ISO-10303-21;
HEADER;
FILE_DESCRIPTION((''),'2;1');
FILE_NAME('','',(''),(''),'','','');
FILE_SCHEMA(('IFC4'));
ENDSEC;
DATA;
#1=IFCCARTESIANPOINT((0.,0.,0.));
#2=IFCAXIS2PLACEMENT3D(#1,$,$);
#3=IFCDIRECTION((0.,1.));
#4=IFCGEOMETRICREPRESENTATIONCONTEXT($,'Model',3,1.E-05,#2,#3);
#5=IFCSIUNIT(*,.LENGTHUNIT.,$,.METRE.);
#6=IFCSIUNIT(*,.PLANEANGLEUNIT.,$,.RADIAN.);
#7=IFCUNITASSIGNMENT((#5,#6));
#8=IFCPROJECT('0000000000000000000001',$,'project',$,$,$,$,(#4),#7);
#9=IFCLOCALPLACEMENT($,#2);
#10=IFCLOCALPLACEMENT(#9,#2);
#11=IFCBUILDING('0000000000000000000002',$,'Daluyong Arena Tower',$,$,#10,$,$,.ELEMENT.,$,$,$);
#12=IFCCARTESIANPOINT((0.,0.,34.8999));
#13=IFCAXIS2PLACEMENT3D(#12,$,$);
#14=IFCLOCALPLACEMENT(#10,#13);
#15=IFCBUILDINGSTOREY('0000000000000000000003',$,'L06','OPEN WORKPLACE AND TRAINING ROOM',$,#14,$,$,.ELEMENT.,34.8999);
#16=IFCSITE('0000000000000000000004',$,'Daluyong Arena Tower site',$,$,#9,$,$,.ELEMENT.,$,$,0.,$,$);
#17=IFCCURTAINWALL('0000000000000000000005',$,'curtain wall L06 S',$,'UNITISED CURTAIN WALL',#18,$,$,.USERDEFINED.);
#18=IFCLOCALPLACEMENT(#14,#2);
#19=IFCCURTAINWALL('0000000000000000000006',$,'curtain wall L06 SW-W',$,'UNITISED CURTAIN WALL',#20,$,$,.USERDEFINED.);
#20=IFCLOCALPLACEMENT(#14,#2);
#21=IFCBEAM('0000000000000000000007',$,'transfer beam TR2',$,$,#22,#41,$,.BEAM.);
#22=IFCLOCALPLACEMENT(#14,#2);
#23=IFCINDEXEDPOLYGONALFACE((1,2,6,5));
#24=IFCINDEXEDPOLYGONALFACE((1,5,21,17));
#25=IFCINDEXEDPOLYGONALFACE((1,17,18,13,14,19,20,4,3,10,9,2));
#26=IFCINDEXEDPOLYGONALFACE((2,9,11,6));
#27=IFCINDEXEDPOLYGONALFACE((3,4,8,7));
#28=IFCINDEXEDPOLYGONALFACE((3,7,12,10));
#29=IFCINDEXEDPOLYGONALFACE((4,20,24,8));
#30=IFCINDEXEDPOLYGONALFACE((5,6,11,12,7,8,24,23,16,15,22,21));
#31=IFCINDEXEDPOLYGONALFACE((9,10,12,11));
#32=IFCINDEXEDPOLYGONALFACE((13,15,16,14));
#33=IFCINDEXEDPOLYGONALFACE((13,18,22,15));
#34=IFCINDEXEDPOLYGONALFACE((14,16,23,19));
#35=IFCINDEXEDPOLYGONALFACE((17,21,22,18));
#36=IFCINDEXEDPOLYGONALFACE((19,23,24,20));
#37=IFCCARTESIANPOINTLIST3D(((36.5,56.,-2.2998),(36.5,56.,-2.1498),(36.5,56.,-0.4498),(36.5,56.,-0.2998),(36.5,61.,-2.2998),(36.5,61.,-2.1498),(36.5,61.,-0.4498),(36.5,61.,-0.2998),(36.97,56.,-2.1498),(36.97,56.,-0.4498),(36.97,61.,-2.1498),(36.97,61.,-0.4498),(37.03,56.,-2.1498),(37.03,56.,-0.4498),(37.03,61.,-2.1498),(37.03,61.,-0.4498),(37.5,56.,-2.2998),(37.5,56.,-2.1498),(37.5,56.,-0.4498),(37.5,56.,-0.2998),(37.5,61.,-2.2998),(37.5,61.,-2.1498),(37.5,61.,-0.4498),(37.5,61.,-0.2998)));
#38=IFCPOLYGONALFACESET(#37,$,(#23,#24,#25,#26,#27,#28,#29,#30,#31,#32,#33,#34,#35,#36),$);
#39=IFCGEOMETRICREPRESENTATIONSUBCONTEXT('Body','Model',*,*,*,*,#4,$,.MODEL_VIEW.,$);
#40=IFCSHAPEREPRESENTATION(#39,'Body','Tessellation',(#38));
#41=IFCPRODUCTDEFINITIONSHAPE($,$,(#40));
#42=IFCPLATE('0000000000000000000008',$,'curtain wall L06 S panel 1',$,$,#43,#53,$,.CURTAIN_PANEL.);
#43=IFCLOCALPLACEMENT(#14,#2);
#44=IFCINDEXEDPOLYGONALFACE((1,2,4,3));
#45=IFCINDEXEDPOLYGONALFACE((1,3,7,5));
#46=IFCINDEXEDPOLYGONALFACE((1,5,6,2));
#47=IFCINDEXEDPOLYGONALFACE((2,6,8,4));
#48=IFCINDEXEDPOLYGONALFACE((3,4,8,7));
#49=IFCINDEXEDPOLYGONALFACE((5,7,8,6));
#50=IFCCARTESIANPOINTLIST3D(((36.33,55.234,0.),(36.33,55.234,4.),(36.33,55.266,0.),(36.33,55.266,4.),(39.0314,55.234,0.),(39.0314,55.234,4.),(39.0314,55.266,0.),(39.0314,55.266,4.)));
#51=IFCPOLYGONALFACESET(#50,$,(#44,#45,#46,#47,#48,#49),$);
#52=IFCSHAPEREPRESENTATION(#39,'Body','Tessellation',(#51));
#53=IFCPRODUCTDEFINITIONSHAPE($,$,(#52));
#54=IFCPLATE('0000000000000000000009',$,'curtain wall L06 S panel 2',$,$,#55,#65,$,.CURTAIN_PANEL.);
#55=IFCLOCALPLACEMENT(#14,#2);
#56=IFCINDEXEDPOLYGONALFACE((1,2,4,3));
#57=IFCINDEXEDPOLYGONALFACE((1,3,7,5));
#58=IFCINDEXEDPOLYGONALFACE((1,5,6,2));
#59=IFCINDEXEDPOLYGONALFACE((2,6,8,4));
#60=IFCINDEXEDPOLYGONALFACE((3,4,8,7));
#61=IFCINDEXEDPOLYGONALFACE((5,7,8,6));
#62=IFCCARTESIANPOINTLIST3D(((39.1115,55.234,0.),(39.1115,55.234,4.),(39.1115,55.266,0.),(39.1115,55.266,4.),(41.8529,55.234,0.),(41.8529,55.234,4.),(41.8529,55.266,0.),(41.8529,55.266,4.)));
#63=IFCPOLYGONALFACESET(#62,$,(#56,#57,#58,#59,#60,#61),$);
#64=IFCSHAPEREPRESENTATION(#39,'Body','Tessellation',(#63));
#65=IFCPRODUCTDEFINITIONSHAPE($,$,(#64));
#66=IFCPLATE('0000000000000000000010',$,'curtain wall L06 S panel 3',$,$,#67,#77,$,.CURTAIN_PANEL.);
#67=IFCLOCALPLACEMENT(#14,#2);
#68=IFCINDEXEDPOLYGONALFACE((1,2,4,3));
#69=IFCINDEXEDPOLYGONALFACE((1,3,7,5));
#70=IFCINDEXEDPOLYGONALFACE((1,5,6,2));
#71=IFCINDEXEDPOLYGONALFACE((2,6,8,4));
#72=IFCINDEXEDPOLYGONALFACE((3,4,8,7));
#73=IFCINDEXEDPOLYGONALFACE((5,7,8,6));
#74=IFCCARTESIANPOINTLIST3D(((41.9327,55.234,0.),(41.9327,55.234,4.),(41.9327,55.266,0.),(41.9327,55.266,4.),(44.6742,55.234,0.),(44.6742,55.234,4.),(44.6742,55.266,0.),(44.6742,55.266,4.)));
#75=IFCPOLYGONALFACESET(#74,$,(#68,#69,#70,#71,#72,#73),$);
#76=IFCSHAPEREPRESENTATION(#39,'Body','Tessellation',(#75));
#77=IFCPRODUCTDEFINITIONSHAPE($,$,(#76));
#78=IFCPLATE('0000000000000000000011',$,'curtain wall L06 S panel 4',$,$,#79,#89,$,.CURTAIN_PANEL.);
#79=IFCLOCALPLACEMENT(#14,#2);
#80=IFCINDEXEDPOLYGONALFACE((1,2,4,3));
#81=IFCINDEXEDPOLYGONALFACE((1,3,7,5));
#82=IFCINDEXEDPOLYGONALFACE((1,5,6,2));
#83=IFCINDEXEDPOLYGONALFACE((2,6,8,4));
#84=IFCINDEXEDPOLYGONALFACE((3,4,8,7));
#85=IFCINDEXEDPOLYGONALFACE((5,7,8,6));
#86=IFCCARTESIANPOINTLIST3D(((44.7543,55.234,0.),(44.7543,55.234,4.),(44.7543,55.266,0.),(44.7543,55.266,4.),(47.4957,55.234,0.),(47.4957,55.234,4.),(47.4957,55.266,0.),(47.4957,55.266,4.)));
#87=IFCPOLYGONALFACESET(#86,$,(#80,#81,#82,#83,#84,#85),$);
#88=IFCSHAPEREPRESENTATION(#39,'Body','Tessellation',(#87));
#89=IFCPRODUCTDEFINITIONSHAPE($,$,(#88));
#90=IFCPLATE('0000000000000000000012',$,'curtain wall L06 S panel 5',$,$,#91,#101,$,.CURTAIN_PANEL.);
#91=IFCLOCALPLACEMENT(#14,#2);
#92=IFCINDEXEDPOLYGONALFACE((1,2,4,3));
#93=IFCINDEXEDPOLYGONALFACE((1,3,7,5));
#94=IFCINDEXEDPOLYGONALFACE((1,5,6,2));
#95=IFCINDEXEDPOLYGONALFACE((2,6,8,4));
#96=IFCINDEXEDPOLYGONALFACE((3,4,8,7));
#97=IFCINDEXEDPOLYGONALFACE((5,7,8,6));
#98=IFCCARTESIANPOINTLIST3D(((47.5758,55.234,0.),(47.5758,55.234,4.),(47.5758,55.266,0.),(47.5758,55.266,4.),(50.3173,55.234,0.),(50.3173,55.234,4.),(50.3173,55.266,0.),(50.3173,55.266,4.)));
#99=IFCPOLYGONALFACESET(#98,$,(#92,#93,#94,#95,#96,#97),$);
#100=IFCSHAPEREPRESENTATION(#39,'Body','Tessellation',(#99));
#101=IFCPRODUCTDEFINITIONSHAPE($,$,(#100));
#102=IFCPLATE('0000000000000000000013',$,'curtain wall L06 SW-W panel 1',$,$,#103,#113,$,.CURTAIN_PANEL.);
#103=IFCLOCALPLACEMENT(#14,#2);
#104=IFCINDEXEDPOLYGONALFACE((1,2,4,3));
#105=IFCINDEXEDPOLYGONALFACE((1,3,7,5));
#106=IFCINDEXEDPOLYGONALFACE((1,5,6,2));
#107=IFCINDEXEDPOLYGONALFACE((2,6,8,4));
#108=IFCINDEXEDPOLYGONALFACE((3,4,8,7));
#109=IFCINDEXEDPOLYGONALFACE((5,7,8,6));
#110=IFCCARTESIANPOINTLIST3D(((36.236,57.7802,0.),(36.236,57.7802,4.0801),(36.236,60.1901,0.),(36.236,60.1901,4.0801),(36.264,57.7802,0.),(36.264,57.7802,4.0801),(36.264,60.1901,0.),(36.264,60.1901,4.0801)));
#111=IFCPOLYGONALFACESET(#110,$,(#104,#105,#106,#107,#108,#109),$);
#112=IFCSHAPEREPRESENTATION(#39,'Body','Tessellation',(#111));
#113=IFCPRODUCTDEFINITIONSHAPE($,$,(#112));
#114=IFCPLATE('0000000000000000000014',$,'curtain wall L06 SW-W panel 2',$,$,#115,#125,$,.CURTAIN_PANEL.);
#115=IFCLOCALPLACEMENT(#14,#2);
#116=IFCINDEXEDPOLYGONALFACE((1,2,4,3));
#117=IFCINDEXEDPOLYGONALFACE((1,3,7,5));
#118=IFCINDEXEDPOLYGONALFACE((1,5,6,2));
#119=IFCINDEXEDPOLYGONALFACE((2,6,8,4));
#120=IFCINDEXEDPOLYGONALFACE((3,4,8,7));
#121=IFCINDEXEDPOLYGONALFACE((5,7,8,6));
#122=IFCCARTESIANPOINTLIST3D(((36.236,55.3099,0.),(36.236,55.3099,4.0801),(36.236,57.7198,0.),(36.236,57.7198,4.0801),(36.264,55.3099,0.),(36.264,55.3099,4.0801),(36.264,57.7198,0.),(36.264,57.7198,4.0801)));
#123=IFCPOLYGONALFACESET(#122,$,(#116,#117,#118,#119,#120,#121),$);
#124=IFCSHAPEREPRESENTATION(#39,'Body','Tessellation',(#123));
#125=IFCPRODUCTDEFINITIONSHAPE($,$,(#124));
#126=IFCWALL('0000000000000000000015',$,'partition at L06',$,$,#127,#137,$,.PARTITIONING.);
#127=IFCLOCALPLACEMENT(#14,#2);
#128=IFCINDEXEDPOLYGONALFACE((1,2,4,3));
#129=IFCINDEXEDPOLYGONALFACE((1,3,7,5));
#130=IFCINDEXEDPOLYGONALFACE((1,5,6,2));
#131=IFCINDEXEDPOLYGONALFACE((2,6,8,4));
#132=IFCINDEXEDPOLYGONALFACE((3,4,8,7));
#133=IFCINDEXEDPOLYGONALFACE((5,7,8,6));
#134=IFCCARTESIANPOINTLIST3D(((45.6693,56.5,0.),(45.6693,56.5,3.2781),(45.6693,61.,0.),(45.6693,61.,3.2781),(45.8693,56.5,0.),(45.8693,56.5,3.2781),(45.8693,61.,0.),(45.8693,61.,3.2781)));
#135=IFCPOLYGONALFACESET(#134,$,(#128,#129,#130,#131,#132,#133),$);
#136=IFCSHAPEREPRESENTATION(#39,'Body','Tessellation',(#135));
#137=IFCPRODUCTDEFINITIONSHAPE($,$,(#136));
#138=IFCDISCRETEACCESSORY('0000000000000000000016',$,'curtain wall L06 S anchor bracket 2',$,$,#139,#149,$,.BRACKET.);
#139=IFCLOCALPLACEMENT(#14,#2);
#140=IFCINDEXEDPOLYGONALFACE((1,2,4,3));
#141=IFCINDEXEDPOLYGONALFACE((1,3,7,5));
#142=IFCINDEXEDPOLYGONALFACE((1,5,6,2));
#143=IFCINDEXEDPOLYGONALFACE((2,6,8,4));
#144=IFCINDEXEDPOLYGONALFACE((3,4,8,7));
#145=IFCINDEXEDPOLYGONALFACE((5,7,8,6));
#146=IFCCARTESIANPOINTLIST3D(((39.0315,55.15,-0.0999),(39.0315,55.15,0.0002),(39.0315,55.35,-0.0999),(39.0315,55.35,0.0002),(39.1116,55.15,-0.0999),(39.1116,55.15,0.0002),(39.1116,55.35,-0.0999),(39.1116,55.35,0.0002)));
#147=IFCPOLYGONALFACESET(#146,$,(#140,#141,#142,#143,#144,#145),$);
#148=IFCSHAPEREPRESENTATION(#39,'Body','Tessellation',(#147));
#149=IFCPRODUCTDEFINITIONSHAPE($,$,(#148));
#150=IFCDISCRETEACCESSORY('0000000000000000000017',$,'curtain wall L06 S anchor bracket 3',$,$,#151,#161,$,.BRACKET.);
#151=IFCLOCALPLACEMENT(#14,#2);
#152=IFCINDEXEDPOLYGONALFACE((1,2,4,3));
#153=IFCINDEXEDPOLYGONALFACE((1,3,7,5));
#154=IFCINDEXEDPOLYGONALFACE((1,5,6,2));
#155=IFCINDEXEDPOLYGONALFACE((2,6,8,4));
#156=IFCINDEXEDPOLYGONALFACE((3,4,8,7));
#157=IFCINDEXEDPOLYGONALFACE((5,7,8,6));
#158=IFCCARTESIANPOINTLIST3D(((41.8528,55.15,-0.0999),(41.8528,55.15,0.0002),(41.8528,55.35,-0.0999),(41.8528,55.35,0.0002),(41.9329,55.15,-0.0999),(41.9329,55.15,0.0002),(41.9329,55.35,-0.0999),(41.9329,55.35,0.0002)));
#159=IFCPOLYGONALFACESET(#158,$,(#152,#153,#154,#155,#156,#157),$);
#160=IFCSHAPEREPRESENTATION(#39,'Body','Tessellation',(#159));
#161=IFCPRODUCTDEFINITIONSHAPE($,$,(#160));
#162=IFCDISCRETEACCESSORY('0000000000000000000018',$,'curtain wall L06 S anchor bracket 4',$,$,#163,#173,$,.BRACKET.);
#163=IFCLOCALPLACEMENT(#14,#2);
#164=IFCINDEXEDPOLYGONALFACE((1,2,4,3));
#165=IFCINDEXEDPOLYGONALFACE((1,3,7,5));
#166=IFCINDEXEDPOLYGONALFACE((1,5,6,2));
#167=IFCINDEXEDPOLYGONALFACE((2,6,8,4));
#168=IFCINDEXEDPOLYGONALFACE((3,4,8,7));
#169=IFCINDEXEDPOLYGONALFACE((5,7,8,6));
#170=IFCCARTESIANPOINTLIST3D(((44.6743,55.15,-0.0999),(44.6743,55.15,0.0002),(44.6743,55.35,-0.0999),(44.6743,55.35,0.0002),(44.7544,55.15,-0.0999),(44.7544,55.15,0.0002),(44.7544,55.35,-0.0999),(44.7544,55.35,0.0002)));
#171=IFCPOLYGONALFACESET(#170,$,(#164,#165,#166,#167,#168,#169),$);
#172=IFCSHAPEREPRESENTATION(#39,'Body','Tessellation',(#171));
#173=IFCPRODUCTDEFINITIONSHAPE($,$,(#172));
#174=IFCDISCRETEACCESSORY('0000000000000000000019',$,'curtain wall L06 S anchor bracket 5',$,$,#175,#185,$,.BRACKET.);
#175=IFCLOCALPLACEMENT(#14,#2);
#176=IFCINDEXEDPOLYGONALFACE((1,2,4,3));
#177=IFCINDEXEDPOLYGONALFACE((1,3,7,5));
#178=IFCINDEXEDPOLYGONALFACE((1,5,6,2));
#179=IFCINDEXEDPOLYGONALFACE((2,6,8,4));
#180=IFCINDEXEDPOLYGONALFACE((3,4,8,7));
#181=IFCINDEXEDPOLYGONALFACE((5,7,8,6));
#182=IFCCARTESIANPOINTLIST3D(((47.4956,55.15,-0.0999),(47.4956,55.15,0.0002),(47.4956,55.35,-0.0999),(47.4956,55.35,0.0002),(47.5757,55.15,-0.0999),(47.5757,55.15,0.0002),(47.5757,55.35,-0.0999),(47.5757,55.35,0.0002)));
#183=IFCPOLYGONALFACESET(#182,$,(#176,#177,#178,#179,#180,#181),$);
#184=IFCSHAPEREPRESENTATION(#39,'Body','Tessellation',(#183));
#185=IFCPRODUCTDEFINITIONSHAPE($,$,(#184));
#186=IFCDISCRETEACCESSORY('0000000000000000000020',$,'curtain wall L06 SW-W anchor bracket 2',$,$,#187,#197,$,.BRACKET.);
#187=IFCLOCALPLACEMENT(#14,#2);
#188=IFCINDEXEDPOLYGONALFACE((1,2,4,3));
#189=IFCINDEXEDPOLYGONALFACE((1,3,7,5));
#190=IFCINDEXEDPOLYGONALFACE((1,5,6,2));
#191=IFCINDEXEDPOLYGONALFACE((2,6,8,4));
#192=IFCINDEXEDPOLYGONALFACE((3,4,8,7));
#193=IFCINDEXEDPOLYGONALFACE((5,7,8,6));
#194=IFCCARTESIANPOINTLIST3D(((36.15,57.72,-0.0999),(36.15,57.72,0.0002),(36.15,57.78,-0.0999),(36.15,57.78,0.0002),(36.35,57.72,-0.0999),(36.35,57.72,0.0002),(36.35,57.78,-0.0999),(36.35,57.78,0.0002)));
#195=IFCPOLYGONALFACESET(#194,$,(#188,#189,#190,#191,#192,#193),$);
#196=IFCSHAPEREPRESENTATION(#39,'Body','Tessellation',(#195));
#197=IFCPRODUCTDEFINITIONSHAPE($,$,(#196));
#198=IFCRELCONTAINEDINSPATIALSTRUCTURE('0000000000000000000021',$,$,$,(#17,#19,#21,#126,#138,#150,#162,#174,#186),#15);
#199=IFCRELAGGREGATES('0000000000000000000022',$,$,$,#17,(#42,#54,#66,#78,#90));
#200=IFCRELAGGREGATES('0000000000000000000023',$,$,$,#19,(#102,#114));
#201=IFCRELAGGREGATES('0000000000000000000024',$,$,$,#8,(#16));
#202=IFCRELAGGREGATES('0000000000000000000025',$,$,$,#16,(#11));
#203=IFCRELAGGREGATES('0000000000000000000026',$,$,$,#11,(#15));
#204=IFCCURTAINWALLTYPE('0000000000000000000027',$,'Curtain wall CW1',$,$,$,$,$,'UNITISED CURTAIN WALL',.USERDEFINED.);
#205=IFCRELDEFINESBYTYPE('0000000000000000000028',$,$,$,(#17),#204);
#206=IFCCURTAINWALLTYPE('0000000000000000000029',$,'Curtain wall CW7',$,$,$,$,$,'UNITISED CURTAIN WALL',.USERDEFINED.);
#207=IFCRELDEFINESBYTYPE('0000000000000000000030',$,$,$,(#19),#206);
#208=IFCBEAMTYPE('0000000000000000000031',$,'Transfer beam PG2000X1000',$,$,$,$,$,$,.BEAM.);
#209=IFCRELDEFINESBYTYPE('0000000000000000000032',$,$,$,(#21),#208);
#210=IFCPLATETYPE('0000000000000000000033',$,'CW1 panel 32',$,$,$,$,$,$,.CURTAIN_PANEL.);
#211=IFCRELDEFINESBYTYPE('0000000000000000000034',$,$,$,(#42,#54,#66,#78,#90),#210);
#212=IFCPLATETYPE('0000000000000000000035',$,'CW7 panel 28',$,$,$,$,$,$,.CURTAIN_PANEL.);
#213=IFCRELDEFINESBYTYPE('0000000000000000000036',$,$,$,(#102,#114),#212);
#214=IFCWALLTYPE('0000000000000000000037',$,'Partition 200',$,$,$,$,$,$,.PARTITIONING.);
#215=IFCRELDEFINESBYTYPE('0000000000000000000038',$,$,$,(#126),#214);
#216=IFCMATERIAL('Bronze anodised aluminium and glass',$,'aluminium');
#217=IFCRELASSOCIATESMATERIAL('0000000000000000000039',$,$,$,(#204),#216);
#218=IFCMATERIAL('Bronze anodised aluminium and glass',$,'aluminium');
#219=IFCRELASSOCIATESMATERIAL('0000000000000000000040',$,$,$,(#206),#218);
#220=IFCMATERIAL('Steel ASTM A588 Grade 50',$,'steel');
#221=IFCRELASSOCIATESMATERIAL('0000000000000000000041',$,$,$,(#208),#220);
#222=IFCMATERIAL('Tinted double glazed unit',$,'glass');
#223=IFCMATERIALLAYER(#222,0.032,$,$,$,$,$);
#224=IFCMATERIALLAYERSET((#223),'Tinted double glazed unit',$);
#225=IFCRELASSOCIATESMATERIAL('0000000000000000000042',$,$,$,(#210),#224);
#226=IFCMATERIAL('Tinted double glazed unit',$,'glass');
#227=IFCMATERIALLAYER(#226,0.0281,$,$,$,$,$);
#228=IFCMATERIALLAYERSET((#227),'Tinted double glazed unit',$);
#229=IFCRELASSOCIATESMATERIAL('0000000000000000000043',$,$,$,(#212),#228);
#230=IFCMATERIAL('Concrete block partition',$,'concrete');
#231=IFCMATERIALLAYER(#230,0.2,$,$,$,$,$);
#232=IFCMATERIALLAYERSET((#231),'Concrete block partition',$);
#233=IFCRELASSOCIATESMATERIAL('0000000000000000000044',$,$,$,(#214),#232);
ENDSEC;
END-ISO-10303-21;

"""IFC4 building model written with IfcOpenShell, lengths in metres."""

from ifc_helpers import new_model, si_unit, direction, frame, frame_2d, origin, origin_2d, place, context, subcontext, project, spatial, rectangle, i_section, extrude, material, layer, layer_set, material_profile, profile_set, type_object, element, aggregate, save


model = new_model("IFC4")

# Units and contexts
model_context = context("Model", 3, precision=1e-05, world=origin(), true_north=direction((0.0, 1.0)))
body_context = subcontext(model_context, "Body", "Model", "MODEL_VIEW")
ifc_project = project(units=[si_unit("LENGTHUNIT", "METRE"), si_unit("PLANEANGLEUNIT", "RADIAN")], contexts=[model_context])

# Site, building, storey
site_placement = place(None, origin())
site = spatial("IfcSite", under=ifc_project, at=site_placement, Name="Daluyong Arena Tower site", CompositionType="ELEMENT", RefElevation=0.0)
building_placement = place(site_placement, origin())
building = spatial("IfcBuilding", under=site, at=building_placement, Name="Daluyong Arena Tower", CompositionType="ELEMENT")
storey_placement = place(building_placement, frame((0.0, 0.0, 34.8999)))
storey = spatial("IfcBuildingStorey", under=building, at=storey_placement, Name="L06", Description="OPEN WORKPLACE AND TRAINING ROOM", CompositionType="ELEMENT", Elevation=34.8999)

# Curtain wall
ifc_material_1 = material(Name="Bronze anodised aluminium and glass", Category="aluminium")
curtain_wall_type_1 = type_object("IfcCurtainWallType", Name="Curtain wall CW1", ElementType="UNITISED CURTAIN WALL", PredefinedType="USERDEFINED", material=ifc_material_1)
curtain_wall_1_placement = place(storey_placement, origin())
curtain_wall_1 = element("IfcCurtainWall", 1, at=curtain_wall_1_placement, inside=storey, type_object=curtain_wall_type_1, Name="curtain wall L06 S", ObjectType="UNITISED CURTAIN WALL", PredefinedType="USERDEFINED")

# Shared definitions
ifc_material_2 = material(Name="Bronze anodised aluminium and glass", Category="aluminium")
curtain_wall_type_2 = type_object("IfcCurtainWallType", Name="Curtain wall CW7", ElementType="UNITISED CURTAIN WALL", PredefinedType="USERDEFINED", material=ifc_material_2)

# Curtain wall
curtain_wall_2_placement = place(storey_placement, origin())
curtain_wall_2 = element("IfcCurtainWall", 2, at=curtain_wall_2_placement, inside=storey, type_object=curtain_wall_type_2, Name="curtain wall L06 SW-W", ObjectType="UNITISED CURTAIN WALL", PredefinedType="USERDEFINED")

# Beam
ifc_material_3 = material(Name="Steel ASTM A588 Grade 50", Category="steel")
ifc_material_profile_1 = material_profile(ifc_material_3, i_section(OverallWidth=1.0, OverallDepth=2.0, WebThickness=0.06, FlangeThickness=0.15, at=origin_2d()))
ifc_profile_set_1 = profile_set([ifc_material_profile_1], Name="Steel ASTM A588 Grade 50")
beam_type_1 = type_object("IfcBeamType", Name="Transfer beam PG2000X1000", PredefinedType="BEAM", material=ifc_profile_set_1)
beam_1_placement = place(storey_placement, frame((37.0, 56.0, -1.2998), z_axis=(0.0, 1.0, 0.0), x_axis=(-1.0, 0.0, 0.0)))
element("IfcBeam", 3, at=beam_1_placement, inside=storey, type_object=beam_type_1, Name="transfer beam TR2", PredefinedType="BEAM", context=body_context, shape_type="SweptSolid", body=[
    extrude(i_section(OverallWidth=1.0, OverallDepth=2.0, WebThickness=0.06, FlangeThickness=0.15, at=origin_2d()), origin(), (0.0, 0.0, 1.0), 5.0),
])

# Plates
ifc_material_4 = material(Name="Tinted double glazed unit", Category="glass")
ifc_layer_1 = layer(ifc_material_4, 0.032)
ifc_layer_set_1 = layer_set([ifc_layer_1], Name="Tinted double glazed unit")
plate_type_1 = type_object("IfcPlateType", Name="CW1 panel 32", PredefinedType="CURTAIN_PANEL", material=ifc_layer_set_1)
plate_1_placement = place(storey_placement, frame((37.6807, 55.25, 0.0), z_axis=(0.0, 0.0, 1.0), x_axis=(1.0, 0.0, 0.0)))
plate_1 = element("IfcPlate", 4, at=plate_1_placement, type_object=plate_type_1, Name="curtain wall L06 S panel 1", PredefinedType="CURTAIN_PANEL", context=body_context, shape_type="SweptSolid", body=[
    extrude(rectangle(XDim=2.7014, YDim=0.032, at=origin_2d()), origin(), (0.0, 0.0, 1.0), 4.0),
])
plate_2_placement = place(storey_placement, frame((40.4822, 55.25, 0.0), z_axis=(0.0, 0.0, 1.0), x_axis=(1.0, 0.0, 0.0)))
plate_2 = element("IfcPlate", 5, at=plate_2_placement, type_object=plate_type_1, Name="curtain wall L06 S panel 2", PredefinedType="CURTAIN_PANEL", context=body_context, shape_type="SweptSolid", body=[
    extrude(rectangle(XDim=2.7415, YDim=0.032, at=origin_2d()), origin(), (0.0, 0.0, 1.0), 4.0),
])
plate_3_placement = place(storey_placement, frame((43.3035, 55.25, 0.0), z_axis=(0.0, 0.0, 1.0), x_axis=(1.0, 0.0, 0.0)))
plate_3 = element("IfcPlate", 6, at=plate_3_placement, type_object=plate_type_1, Name="curtain wall L06 S panel 3", PredefinedType="CURTAIN_PANEL", context=body_context, shape_type="SweptSolid", body=[
    extrude(rectangle(XDim=2.7415, YDim=0.032, at=origin_2d()), origin(), (0.0, 0.0, 1.0), 4.0),
])
plate_4_placement = place(storey_placement, frame((46.125, 55.25, 0.0), z_axis=(0.0, 0.0, 1.0), x_axis=(1.0, 0.0, 0.0)))
plate_4 = element("IfcPlate", 7, at=plate_4_placement, type_object=plate_type_1, Name="curtain wall L06 S panel 4", PredefinedType="CURTAIN_PANEL", context=body_context, shape_type="SweptSolid", body=[
    extrude(rectangle(XDim=2.7415, YDim=0.032, at=origin_2d()), origin(), (0.0, 0.0, 1.0), 4.0),
])
plate_5_placement = place(storey_placement, frame((48.9465, 55.25, 0.0), z_axis=(0.0, 0.0, 1.0), x_axis=(1.0, 0.0, 0.0)))
plate_5 = element("IfcPlate", 8, at=plate_5_placement, type_object=plate_type_1, Name="curtain wall L06 S panel 5", PredefinedType="CURTAIN_PANEL", context=body_context, shape_type="SweptSolid", body=[
    extrude(rectangle(XDim=2.7415, YDim=0.032, at=origin_2d()), origin(), (0.0, 0.0, 1.0), 4.0),
])
aggregate(curtain_wall_1, [plate_1, plate_2, plate_3, plate_4, plate_5])
ifc_material_5 = material(Name="Tinted double glazed unit", Category="glass")
ifc_layer_2 = layer(ifc_material_5, 0.0281)
ifc_layer_set_2 = layer_set([ifc_layer_2], Name="Tinted double glazed unit")
plate_type_2 = type_object("IfcPlateType", Name="CW7 panel 28", PredefinedType="CURTAIN_PANEL", material=ifc_layer_set_2)
plate_6_placement = place(storey_placement, frame((36.25, 58.9851, 0.0), z_axis=(0.0, 0.0, 1.0), x_axis=(0.0, -1.0, 0.0)))
plate_6 = element("IfcPlate", 9, at=plate_6_placement, type_object=plate_type_2, Name="curtain wall L06 SW-W panel 1", PredefinedType="CURTAIN_PANEL", context=body_context, shape_type="SweptSolid", body=[
    extrude(rectangle(XDim=2.4099, YDim=0.0281, at=origin_2d()), origin(), (0.0, 0.0, 1.0), 4.0801),
])
plate_7_placement = place(storey_placement, frame((36.25, 56.5149, 0.0), z_axis=(0.0, 0.0, 1.0), x_axis=(0.0, -1.0, 0.0)))
plate_7 = element("IfcPlate", 10, at=plate_7_placement, type_object=plate_type_2, Name="curtain wall L06 SW-W panel 2", PredefinedType="CURTAIN_PANEL", context=body_context, shape_type="SweptSolid", body=[
    extrude(rectangle(XDim=2.4099, YDim=0.0281, at=origin_2d()), origin(), (0.0, 0.0, 1.0), 4.0801),
])
aggregate(curtain_wall_2, [plate_6, plate_7])

# Wall
ifc_material_6 = material(Name="Concrete block partition", Category="concrete")
ifc_layer_3 = layer(ifc_material_6, 0.2)
ifc_layer_set_3 = layer_set([ifc_layer_3], Name="Concrete block partition")
wall_type = type_object("IfcWallType", Name="Partition 200", PredefinedType="PARTITIONING", material=ifc_layer_set_3)
wall_placement = place(storey_placement, frame((45.7693, 56.5, 0.0), z_axis=(0.0, 0.0, 1.0), x_axis=(0.0, 1.0, 0.0)))
element("IfcWall", 11, at=wall_placement, inside=storey, type_object=wall_type, Name="partition at L06", PredefinedType="PARTITIONING", context=body_context, shape_type="SweptSolid", body=[
    extrude(rectangle(XDim=4.5, YDim=0.2, at=frame_2d((2.25, 0.0))), origin(), (0.0, 0.0, 1.0), 3.2781),
])

# Discrete accessories
for number, where, z_axis, x_axis, name in (
    (12, (39.0715, 55.25, -0.0999), (0.0, 0.0, 1.0), (1.0, 0.0, 0.0), "curtain wall L06 S anchor bracket 2"),
    (13, (41.8928, 55.25, -0.0999), (0.0, 0.0, 1.0), (1.0, 0.0, 0.0), "curtain wall L06 S anchor bracket 3"),
    (14, (44.7144, 55.25, -0.0999), (0.0, 0.0, 1.0), (1.0, 0.0, 0.0), "curtain wall L06 S anchor bracket 4"),
    (15, (47.5356, 55.25, -0.0999), (0.0, 0.0, 1.0), (1.0, 0.0, 0.0), "curtain wall L06 S anchor bracket 5"),
):
    element("IfcDiscreteAccessory", number, at=place(storey_placement, frame(where, z_axis=z_axis, x_axis=x_axis)), inside=storey, Name=name, PredefinedType="BRACKET", context=body_context, shape_type="SweptSolid", body=[
        extrude(rectangle(XDim=0.0801, YDim=0.2, at=origin_2d()), origin(), (0.0, 0.0, 1.0), 0.1001),
    ])
discrete_accessory_placement = place(storey_placement, frame((36.25, 57.75, -0.0999), z_axis=(0.0, 0.0, 1.0), x_axis=(0.0, -1.0, 0.0)))
element("IfcDiscreteAccessory", 16, at=discrete_accessory_placement, inside=storey, Name="curtain wall L06 SW-W anchor bracket 2", PredefinedType="BRACKET", context=body_context, shape_type="SweptSolid", body=[
    extrude(rectangle(XDim=0.0601, YDim=0.2, at=origin_2d()), origin(), (0.0, 0.0, 1.0), 0.1001),
])

save(model, "model.ifc")
